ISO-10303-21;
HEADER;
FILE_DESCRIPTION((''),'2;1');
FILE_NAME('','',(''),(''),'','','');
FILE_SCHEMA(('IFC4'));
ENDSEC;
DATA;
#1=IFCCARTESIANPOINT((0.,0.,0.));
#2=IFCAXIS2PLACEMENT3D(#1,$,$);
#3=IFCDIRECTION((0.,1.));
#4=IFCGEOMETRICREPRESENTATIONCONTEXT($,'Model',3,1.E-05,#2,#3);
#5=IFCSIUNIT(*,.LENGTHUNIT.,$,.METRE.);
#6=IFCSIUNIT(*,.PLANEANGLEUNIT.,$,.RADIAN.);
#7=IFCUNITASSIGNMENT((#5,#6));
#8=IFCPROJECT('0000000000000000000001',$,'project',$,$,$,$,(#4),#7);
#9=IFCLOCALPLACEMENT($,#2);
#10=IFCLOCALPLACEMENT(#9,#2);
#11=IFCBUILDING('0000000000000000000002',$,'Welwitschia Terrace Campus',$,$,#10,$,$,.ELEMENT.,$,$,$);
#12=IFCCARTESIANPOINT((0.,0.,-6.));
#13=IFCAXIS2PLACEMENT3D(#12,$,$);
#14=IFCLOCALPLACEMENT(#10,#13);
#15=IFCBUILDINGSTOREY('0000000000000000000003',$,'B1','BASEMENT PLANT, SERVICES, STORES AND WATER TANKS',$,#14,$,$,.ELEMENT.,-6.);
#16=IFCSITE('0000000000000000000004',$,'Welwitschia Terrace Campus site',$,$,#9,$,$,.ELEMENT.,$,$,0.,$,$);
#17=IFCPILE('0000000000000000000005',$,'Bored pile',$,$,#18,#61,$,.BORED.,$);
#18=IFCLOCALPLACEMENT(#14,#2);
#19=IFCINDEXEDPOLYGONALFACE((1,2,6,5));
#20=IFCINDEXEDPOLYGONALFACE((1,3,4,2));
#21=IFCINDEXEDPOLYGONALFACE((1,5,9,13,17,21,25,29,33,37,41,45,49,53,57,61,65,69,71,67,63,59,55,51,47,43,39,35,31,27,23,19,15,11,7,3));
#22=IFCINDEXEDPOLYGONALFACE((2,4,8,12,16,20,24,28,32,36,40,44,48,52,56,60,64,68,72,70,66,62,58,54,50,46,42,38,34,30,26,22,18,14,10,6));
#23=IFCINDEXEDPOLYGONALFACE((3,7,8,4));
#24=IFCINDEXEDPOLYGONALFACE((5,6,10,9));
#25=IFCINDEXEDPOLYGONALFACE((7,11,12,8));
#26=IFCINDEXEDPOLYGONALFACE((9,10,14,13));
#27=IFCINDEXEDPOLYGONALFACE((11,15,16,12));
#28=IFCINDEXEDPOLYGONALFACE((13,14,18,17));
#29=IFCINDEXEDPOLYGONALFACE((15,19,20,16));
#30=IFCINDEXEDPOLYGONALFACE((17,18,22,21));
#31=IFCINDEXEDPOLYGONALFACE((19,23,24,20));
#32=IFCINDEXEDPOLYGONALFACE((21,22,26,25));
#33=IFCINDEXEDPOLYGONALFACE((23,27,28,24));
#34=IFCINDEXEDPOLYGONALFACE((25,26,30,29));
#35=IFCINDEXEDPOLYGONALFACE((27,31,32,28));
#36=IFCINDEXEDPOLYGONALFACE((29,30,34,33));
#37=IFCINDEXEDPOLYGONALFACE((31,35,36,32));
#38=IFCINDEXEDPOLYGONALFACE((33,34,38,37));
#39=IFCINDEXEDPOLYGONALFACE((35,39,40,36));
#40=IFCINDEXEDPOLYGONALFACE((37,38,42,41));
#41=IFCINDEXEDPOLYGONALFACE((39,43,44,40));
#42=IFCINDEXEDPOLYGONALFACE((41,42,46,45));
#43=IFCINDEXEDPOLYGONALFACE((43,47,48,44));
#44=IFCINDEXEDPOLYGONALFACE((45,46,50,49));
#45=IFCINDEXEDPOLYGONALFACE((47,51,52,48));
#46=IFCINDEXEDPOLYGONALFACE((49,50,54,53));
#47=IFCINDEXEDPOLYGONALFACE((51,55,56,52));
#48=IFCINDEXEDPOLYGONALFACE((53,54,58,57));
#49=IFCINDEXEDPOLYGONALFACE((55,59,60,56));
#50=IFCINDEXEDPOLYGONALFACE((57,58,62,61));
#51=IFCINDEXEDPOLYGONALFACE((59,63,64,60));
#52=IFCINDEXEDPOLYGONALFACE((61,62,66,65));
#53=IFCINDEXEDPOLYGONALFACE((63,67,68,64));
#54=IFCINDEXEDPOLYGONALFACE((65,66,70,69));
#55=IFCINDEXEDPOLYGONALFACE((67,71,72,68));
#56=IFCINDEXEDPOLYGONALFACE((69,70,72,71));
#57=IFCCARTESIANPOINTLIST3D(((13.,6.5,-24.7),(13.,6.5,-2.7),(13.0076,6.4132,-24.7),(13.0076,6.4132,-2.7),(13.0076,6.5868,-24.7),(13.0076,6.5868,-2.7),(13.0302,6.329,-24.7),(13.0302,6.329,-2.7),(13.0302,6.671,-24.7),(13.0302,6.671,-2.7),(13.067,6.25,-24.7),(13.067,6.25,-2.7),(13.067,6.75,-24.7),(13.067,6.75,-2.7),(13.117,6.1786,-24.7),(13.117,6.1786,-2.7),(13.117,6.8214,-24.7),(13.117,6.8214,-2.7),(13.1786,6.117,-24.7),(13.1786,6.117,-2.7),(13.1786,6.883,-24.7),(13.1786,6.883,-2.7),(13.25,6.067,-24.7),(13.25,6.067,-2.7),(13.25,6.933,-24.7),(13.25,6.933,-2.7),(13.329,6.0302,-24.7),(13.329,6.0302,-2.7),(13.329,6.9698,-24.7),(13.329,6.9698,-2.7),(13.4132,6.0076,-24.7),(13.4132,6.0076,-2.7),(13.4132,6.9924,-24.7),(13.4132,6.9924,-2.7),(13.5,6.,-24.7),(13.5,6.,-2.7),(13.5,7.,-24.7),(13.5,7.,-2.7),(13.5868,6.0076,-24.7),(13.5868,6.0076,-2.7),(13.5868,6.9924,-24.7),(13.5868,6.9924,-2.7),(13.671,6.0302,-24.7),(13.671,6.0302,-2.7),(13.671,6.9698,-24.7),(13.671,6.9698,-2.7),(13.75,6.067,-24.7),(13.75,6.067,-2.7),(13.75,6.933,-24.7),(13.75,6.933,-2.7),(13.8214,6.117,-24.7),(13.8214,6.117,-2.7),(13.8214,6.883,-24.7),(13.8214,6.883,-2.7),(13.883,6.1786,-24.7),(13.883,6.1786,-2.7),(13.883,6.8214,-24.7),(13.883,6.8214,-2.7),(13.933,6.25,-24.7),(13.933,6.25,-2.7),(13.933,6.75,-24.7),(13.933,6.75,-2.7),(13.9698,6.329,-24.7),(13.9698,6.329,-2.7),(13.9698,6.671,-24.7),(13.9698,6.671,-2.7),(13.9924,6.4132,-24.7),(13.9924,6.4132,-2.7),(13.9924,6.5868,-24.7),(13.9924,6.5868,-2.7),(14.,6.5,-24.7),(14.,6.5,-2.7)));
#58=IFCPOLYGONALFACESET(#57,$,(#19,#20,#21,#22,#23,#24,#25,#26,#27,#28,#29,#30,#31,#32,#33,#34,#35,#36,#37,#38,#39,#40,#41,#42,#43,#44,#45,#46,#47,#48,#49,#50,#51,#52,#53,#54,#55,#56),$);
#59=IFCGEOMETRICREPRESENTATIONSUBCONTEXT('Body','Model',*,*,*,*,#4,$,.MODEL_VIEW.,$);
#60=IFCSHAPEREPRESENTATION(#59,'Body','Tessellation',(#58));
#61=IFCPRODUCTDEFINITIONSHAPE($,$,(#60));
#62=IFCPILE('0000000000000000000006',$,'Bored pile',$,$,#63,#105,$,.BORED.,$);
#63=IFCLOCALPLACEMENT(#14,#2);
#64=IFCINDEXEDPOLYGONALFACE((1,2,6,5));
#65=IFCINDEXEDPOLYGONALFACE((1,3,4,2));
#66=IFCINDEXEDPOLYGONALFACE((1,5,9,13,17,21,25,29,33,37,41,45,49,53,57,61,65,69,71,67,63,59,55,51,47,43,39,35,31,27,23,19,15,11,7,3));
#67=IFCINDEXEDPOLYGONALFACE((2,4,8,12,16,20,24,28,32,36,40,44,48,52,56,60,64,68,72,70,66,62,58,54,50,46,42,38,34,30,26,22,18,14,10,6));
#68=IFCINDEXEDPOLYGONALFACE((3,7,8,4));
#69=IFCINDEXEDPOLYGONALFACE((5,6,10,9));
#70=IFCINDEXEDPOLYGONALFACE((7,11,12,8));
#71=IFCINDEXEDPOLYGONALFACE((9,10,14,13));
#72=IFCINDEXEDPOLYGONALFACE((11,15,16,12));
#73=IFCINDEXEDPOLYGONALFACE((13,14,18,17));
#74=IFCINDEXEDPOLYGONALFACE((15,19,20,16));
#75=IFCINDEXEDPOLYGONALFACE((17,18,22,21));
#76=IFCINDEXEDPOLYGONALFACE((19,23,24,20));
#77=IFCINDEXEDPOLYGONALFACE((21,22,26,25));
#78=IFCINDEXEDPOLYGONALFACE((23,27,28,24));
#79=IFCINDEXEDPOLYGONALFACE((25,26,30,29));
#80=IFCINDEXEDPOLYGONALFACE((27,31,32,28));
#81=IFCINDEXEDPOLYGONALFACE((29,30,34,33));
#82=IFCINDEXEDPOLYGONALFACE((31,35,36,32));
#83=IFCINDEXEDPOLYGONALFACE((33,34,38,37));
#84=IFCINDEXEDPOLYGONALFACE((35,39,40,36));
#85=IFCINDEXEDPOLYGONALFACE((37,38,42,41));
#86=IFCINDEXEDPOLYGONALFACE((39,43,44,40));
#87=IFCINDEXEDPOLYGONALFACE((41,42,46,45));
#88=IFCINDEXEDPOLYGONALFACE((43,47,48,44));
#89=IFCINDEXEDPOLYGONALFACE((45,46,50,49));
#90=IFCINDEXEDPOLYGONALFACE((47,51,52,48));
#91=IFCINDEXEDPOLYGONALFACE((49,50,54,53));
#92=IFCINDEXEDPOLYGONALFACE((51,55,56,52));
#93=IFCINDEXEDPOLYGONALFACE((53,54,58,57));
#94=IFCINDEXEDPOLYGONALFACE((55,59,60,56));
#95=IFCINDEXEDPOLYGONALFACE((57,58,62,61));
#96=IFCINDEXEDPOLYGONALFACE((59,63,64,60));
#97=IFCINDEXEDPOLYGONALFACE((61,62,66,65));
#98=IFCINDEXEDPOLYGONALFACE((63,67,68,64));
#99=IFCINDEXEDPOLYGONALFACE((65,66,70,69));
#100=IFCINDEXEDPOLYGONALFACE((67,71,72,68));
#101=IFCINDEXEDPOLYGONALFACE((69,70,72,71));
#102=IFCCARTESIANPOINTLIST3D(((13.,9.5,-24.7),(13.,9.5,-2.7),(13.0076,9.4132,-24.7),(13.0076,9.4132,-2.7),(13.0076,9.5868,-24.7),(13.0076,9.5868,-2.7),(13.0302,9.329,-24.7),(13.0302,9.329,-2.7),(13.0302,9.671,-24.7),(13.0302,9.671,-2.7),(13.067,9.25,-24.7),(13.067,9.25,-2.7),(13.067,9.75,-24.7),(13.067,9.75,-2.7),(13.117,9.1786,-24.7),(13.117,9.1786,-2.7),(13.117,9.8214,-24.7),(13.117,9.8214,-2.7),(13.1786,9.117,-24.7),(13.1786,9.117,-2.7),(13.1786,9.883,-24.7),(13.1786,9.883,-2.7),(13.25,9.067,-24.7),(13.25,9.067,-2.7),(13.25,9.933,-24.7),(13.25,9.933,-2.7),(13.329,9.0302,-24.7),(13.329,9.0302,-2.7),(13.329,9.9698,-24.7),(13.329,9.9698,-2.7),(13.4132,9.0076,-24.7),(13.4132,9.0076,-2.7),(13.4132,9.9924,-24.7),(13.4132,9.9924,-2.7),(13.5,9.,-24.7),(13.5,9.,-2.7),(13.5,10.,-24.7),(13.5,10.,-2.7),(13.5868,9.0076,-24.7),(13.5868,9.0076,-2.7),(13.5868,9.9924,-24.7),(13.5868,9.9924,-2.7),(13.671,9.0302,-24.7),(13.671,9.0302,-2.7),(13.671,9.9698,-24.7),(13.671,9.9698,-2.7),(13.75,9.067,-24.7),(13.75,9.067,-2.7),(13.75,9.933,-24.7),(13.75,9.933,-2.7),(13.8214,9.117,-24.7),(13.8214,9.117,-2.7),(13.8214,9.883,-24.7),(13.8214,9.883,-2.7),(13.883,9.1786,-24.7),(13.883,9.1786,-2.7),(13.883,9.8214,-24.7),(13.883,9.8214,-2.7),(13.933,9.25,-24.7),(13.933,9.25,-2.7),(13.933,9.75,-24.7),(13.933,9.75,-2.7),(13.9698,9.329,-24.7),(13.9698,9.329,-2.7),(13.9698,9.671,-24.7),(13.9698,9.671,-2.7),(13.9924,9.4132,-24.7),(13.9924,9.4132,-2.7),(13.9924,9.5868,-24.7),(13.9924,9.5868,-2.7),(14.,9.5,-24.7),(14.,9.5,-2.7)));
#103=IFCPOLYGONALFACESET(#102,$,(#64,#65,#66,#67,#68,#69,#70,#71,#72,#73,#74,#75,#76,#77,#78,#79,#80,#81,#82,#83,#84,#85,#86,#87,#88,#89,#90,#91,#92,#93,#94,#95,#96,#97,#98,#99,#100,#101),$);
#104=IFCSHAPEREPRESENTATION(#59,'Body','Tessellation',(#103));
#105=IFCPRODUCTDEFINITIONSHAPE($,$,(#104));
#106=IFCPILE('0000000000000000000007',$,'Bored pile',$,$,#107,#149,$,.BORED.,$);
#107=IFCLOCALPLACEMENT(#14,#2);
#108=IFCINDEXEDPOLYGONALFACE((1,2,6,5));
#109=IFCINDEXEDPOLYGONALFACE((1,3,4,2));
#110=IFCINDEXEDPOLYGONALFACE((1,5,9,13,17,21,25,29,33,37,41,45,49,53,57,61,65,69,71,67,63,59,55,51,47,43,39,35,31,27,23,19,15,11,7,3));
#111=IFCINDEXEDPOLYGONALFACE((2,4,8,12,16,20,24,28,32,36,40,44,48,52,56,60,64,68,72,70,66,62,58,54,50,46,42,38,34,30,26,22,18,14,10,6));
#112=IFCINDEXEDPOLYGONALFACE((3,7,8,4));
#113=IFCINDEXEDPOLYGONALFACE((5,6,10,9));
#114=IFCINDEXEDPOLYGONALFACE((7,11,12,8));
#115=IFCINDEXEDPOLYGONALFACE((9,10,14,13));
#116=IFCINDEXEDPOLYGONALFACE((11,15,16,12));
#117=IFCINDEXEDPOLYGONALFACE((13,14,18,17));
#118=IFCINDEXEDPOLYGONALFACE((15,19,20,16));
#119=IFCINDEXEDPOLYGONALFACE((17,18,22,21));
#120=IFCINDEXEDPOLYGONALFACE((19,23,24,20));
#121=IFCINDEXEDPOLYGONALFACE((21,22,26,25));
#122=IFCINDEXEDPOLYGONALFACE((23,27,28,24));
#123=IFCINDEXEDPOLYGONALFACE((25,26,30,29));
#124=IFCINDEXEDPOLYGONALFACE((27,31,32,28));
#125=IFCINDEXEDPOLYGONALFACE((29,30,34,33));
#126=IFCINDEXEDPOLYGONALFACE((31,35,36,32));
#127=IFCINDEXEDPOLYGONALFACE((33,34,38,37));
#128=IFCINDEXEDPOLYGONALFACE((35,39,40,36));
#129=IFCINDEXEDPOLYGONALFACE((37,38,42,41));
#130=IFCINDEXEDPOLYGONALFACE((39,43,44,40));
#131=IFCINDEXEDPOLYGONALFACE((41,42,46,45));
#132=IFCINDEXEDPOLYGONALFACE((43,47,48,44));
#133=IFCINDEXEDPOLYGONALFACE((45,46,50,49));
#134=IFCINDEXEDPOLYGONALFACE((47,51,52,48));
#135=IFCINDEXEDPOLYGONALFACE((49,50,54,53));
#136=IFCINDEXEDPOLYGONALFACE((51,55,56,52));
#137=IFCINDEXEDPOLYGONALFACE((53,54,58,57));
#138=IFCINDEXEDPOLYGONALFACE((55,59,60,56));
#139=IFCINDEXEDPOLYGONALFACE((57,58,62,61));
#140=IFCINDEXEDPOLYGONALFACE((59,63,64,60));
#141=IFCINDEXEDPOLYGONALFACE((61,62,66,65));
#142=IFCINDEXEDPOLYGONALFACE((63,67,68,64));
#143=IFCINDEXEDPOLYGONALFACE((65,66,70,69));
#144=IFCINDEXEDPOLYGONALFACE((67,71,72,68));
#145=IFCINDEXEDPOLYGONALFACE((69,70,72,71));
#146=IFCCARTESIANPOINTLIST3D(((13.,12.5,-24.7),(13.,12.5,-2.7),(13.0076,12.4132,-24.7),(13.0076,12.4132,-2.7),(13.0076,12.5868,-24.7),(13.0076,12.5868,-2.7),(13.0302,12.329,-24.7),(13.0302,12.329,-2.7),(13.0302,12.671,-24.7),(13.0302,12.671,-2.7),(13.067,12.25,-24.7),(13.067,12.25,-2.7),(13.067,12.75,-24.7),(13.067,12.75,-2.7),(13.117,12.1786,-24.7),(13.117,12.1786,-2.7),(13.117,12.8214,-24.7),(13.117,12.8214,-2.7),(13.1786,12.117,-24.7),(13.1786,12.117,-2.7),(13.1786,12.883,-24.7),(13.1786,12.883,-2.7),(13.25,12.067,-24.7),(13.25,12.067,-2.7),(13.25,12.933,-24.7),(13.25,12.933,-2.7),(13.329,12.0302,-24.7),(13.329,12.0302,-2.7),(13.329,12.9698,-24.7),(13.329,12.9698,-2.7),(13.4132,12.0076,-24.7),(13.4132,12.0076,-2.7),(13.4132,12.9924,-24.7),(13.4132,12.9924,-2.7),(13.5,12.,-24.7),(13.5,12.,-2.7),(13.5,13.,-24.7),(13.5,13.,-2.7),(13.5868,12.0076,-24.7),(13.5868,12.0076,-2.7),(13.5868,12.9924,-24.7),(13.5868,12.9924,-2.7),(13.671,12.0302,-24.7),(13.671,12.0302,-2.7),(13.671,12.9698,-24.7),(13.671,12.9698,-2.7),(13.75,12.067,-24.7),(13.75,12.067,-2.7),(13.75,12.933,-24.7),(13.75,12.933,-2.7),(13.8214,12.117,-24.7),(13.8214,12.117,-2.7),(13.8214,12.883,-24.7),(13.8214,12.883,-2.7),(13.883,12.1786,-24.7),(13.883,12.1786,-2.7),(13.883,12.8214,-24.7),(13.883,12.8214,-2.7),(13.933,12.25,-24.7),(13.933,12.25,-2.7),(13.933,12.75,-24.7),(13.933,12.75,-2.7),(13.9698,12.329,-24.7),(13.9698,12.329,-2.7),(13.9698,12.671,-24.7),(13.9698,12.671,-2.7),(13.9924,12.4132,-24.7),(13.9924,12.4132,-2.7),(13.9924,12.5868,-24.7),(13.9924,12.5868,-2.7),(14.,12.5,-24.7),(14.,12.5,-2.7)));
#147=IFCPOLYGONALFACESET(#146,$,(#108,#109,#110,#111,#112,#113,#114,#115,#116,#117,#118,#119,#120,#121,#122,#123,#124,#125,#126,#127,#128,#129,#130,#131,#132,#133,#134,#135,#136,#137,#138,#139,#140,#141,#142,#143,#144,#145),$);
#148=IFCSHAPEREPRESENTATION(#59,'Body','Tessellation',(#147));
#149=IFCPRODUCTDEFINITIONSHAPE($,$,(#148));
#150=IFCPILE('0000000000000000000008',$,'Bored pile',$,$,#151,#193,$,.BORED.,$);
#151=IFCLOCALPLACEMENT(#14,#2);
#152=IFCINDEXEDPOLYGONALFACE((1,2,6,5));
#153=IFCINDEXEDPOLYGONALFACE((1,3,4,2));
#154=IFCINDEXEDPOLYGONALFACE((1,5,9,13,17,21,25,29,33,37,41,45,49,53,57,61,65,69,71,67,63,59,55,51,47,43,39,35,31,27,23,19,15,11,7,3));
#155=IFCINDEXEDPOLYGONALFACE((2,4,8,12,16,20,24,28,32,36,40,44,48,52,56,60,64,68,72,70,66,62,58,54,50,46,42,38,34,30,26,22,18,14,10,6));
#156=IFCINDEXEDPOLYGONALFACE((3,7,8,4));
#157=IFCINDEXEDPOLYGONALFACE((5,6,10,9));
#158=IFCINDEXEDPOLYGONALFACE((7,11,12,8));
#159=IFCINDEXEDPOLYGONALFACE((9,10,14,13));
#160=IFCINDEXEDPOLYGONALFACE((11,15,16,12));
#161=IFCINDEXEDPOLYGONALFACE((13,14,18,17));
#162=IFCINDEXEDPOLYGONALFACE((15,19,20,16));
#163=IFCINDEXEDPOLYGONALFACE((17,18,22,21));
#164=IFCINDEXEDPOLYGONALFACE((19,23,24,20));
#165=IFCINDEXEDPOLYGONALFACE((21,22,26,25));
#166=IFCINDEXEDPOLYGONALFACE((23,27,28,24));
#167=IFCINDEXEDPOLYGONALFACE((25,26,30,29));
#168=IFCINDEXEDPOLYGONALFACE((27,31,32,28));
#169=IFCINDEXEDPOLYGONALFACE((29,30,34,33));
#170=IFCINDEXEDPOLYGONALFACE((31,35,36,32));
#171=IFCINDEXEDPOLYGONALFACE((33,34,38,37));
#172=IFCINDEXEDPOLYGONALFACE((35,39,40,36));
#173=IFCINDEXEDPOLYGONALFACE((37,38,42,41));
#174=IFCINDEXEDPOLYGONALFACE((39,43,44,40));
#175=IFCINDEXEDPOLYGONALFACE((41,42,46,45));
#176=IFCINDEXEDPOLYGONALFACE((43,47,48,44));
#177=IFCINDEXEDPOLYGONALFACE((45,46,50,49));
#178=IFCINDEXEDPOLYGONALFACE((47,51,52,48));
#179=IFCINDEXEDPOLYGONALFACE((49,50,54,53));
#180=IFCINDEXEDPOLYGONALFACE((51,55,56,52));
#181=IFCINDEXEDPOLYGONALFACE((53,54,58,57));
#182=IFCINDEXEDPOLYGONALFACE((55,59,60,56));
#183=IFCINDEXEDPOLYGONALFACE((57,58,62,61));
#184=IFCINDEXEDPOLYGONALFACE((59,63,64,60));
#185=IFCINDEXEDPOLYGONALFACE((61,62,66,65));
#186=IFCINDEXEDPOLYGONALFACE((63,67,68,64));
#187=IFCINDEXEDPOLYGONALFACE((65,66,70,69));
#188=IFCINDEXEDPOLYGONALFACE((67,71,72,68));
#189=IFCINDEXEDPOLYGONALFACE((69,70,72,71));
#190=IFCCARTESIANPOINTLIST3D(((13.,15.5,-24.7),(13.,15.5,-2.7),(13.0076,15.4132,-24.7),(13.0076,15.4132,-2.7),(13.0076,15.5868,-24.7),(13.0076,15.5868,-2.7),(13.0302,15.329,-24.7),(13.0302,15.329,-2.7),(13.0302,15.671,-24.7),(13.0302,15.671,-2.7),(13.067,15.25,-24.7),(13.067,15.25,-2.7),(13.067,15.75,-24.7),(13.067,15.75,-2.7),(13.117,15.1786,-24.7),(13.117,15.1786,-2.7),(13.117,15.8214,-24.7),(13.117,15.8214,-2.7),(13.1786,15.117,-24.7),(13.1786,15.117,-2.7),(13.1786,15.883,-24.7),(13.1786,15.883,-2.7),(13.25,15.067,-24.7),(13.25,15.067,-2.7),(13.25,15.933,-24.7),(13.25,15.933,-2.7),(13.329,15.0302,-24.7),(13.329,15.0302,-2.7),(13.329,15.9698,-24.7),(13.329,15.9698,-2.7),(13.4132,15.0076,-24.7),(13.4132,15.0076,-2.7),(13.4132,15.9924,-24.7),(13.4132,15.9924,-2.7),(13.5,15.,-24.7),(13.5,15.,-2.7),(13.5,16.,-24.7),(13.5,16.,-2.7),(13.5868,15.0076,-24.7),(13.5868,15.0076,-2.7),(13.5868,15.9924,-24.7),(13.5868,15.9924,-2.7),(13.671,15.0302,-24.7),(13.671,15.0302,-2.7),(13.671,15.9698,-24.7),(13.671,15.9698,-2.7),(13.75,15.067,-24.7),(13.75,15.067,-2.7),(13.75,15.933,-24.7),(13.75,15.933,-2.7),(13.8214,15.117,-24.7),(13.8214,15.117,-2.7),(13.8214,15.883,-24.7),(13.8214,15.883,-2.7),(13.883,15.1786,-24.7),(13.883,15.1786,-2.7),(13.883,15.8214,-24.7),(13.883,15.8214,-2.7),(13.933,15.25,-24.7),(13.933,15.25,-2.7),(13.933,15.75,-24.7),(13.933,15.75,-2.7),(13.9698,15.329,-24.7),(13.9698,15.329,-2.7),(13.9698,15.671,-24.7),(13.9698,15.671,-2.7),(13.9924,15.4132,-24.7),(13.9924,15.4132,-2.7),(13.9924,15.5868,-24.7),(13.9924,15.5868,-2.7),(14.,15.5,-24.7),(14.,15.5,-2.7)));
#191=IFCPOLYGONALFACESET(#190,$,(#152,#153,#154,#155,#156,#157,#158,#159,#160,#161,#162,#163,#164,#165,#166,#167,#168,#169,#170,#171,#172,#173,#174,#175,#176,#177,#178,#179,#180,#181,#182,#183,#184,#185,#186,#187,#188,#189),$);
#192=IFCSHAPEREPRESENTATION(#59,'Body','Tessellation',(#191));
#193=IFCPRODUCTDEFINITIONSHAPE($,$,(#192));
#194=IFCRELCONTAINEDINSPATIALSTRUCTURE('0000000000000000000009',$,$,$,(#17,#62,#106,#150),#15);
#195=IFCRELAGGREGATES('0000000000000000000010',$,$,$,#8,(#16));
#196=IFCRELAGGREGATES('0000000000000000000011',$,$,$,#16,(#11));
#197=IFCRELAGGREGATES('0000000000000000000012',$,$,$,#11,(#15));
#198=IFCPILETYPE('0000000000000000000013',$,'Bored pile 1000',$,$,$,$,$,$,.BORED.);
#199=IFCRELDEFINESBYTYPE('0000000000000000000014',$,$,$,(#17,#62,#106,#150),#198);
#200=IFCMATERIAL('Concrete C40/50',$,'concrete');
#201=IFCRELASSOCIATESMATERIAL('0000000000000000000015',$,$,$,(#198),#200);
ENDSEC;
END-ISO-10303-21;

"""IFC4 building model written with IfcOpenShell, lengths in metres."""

from ifc_helpers import new_model, si_unit, direction, frame, origin, origin_2d, place, context, subcontext, project, spatial, circle, extrude, material, type_object, element, save


model = new_model("IFC4")

# Units and contexts
model_context = context("Model", 3, precision=1e-05, world=origin(), true_north=direction((0.0, 1.0)))
body_context = subcontext(model_context, "Body", "Model", "MODEL_VIEW")
ifc_project = project(units=[si_unit("LENGTHUNIT", "METRE"), si_unit("PLANEANGLEUNIT", "RADIAN")], contexts=[model_context])

# Site, building, storey
site_placement = place(None, origin())
site = spatial("IfcSite", under=ifc_project, at=site_placement, Name="Welwitschia Terrace Campus site", CompositionType="ELEMENT", RefElevation=0.0)
building_placement = place(site_placement, origin())
building = spatial("IfcBuilding", under=site, at=building_placement, Name="Welwitschia Terrace Campus", CompositionType="ELEMENT")
storey_placement = place(building_placement, frame((0.0, 0.0, -6.0)))
storey = spatial("IfcBuildingStorey", under=building, at=storey_placement, Name="B1", Description="BASEMENT PLANT, SERVICES, STORES AND WATER TANKS", CompositionType="ELEMENT", Elevation=-6.0)

# Piles
ifc_material_1 = material(Name="Concrete C40/50", Category="concrete")
pile_type = type_object("IfcPileType", Name="Bored pile 1000", PredefinedType="BORED", material=ifc_material_1)
for number, where, z_axis, x_axis, name in (
    (1, (13.5, 6.5, -2.7), (0.0, 0.0, -1.0), (1.0, 0.0, 0.0), "Bored pile"),
    (2, (13.5, 9.5, -2.7), (0.0, 0.0, -1.0), (1.0, 0.0, 0.0), "Bored pile"),
    (3, (13.5, 12.5, -2.7), (0.0, 0.0, -1.0), (1.0, 0.0, 0.0), "Bored pile"),
    (4, (13.5, 15.5, -2.7), (0.0, 0.0, -1.0), (1.0, 0.0, 0.0), "Bored pile"),
):
    element("IfcPile", number, at=place(storey_placement, frame(where, z_axis=z_axis, x_axis=x_axis)), inside=storey, type_object=pile_type, Name=name, PredefinedType="BORED", context=body_context, shape_type="SweptSolid", body=[
        extrude(circle(Radius=0.5, at=origin_2d()), origin(), (0.0, 0.0, 1.0), 22.0),
    ])

save(model, "model.ifc")
